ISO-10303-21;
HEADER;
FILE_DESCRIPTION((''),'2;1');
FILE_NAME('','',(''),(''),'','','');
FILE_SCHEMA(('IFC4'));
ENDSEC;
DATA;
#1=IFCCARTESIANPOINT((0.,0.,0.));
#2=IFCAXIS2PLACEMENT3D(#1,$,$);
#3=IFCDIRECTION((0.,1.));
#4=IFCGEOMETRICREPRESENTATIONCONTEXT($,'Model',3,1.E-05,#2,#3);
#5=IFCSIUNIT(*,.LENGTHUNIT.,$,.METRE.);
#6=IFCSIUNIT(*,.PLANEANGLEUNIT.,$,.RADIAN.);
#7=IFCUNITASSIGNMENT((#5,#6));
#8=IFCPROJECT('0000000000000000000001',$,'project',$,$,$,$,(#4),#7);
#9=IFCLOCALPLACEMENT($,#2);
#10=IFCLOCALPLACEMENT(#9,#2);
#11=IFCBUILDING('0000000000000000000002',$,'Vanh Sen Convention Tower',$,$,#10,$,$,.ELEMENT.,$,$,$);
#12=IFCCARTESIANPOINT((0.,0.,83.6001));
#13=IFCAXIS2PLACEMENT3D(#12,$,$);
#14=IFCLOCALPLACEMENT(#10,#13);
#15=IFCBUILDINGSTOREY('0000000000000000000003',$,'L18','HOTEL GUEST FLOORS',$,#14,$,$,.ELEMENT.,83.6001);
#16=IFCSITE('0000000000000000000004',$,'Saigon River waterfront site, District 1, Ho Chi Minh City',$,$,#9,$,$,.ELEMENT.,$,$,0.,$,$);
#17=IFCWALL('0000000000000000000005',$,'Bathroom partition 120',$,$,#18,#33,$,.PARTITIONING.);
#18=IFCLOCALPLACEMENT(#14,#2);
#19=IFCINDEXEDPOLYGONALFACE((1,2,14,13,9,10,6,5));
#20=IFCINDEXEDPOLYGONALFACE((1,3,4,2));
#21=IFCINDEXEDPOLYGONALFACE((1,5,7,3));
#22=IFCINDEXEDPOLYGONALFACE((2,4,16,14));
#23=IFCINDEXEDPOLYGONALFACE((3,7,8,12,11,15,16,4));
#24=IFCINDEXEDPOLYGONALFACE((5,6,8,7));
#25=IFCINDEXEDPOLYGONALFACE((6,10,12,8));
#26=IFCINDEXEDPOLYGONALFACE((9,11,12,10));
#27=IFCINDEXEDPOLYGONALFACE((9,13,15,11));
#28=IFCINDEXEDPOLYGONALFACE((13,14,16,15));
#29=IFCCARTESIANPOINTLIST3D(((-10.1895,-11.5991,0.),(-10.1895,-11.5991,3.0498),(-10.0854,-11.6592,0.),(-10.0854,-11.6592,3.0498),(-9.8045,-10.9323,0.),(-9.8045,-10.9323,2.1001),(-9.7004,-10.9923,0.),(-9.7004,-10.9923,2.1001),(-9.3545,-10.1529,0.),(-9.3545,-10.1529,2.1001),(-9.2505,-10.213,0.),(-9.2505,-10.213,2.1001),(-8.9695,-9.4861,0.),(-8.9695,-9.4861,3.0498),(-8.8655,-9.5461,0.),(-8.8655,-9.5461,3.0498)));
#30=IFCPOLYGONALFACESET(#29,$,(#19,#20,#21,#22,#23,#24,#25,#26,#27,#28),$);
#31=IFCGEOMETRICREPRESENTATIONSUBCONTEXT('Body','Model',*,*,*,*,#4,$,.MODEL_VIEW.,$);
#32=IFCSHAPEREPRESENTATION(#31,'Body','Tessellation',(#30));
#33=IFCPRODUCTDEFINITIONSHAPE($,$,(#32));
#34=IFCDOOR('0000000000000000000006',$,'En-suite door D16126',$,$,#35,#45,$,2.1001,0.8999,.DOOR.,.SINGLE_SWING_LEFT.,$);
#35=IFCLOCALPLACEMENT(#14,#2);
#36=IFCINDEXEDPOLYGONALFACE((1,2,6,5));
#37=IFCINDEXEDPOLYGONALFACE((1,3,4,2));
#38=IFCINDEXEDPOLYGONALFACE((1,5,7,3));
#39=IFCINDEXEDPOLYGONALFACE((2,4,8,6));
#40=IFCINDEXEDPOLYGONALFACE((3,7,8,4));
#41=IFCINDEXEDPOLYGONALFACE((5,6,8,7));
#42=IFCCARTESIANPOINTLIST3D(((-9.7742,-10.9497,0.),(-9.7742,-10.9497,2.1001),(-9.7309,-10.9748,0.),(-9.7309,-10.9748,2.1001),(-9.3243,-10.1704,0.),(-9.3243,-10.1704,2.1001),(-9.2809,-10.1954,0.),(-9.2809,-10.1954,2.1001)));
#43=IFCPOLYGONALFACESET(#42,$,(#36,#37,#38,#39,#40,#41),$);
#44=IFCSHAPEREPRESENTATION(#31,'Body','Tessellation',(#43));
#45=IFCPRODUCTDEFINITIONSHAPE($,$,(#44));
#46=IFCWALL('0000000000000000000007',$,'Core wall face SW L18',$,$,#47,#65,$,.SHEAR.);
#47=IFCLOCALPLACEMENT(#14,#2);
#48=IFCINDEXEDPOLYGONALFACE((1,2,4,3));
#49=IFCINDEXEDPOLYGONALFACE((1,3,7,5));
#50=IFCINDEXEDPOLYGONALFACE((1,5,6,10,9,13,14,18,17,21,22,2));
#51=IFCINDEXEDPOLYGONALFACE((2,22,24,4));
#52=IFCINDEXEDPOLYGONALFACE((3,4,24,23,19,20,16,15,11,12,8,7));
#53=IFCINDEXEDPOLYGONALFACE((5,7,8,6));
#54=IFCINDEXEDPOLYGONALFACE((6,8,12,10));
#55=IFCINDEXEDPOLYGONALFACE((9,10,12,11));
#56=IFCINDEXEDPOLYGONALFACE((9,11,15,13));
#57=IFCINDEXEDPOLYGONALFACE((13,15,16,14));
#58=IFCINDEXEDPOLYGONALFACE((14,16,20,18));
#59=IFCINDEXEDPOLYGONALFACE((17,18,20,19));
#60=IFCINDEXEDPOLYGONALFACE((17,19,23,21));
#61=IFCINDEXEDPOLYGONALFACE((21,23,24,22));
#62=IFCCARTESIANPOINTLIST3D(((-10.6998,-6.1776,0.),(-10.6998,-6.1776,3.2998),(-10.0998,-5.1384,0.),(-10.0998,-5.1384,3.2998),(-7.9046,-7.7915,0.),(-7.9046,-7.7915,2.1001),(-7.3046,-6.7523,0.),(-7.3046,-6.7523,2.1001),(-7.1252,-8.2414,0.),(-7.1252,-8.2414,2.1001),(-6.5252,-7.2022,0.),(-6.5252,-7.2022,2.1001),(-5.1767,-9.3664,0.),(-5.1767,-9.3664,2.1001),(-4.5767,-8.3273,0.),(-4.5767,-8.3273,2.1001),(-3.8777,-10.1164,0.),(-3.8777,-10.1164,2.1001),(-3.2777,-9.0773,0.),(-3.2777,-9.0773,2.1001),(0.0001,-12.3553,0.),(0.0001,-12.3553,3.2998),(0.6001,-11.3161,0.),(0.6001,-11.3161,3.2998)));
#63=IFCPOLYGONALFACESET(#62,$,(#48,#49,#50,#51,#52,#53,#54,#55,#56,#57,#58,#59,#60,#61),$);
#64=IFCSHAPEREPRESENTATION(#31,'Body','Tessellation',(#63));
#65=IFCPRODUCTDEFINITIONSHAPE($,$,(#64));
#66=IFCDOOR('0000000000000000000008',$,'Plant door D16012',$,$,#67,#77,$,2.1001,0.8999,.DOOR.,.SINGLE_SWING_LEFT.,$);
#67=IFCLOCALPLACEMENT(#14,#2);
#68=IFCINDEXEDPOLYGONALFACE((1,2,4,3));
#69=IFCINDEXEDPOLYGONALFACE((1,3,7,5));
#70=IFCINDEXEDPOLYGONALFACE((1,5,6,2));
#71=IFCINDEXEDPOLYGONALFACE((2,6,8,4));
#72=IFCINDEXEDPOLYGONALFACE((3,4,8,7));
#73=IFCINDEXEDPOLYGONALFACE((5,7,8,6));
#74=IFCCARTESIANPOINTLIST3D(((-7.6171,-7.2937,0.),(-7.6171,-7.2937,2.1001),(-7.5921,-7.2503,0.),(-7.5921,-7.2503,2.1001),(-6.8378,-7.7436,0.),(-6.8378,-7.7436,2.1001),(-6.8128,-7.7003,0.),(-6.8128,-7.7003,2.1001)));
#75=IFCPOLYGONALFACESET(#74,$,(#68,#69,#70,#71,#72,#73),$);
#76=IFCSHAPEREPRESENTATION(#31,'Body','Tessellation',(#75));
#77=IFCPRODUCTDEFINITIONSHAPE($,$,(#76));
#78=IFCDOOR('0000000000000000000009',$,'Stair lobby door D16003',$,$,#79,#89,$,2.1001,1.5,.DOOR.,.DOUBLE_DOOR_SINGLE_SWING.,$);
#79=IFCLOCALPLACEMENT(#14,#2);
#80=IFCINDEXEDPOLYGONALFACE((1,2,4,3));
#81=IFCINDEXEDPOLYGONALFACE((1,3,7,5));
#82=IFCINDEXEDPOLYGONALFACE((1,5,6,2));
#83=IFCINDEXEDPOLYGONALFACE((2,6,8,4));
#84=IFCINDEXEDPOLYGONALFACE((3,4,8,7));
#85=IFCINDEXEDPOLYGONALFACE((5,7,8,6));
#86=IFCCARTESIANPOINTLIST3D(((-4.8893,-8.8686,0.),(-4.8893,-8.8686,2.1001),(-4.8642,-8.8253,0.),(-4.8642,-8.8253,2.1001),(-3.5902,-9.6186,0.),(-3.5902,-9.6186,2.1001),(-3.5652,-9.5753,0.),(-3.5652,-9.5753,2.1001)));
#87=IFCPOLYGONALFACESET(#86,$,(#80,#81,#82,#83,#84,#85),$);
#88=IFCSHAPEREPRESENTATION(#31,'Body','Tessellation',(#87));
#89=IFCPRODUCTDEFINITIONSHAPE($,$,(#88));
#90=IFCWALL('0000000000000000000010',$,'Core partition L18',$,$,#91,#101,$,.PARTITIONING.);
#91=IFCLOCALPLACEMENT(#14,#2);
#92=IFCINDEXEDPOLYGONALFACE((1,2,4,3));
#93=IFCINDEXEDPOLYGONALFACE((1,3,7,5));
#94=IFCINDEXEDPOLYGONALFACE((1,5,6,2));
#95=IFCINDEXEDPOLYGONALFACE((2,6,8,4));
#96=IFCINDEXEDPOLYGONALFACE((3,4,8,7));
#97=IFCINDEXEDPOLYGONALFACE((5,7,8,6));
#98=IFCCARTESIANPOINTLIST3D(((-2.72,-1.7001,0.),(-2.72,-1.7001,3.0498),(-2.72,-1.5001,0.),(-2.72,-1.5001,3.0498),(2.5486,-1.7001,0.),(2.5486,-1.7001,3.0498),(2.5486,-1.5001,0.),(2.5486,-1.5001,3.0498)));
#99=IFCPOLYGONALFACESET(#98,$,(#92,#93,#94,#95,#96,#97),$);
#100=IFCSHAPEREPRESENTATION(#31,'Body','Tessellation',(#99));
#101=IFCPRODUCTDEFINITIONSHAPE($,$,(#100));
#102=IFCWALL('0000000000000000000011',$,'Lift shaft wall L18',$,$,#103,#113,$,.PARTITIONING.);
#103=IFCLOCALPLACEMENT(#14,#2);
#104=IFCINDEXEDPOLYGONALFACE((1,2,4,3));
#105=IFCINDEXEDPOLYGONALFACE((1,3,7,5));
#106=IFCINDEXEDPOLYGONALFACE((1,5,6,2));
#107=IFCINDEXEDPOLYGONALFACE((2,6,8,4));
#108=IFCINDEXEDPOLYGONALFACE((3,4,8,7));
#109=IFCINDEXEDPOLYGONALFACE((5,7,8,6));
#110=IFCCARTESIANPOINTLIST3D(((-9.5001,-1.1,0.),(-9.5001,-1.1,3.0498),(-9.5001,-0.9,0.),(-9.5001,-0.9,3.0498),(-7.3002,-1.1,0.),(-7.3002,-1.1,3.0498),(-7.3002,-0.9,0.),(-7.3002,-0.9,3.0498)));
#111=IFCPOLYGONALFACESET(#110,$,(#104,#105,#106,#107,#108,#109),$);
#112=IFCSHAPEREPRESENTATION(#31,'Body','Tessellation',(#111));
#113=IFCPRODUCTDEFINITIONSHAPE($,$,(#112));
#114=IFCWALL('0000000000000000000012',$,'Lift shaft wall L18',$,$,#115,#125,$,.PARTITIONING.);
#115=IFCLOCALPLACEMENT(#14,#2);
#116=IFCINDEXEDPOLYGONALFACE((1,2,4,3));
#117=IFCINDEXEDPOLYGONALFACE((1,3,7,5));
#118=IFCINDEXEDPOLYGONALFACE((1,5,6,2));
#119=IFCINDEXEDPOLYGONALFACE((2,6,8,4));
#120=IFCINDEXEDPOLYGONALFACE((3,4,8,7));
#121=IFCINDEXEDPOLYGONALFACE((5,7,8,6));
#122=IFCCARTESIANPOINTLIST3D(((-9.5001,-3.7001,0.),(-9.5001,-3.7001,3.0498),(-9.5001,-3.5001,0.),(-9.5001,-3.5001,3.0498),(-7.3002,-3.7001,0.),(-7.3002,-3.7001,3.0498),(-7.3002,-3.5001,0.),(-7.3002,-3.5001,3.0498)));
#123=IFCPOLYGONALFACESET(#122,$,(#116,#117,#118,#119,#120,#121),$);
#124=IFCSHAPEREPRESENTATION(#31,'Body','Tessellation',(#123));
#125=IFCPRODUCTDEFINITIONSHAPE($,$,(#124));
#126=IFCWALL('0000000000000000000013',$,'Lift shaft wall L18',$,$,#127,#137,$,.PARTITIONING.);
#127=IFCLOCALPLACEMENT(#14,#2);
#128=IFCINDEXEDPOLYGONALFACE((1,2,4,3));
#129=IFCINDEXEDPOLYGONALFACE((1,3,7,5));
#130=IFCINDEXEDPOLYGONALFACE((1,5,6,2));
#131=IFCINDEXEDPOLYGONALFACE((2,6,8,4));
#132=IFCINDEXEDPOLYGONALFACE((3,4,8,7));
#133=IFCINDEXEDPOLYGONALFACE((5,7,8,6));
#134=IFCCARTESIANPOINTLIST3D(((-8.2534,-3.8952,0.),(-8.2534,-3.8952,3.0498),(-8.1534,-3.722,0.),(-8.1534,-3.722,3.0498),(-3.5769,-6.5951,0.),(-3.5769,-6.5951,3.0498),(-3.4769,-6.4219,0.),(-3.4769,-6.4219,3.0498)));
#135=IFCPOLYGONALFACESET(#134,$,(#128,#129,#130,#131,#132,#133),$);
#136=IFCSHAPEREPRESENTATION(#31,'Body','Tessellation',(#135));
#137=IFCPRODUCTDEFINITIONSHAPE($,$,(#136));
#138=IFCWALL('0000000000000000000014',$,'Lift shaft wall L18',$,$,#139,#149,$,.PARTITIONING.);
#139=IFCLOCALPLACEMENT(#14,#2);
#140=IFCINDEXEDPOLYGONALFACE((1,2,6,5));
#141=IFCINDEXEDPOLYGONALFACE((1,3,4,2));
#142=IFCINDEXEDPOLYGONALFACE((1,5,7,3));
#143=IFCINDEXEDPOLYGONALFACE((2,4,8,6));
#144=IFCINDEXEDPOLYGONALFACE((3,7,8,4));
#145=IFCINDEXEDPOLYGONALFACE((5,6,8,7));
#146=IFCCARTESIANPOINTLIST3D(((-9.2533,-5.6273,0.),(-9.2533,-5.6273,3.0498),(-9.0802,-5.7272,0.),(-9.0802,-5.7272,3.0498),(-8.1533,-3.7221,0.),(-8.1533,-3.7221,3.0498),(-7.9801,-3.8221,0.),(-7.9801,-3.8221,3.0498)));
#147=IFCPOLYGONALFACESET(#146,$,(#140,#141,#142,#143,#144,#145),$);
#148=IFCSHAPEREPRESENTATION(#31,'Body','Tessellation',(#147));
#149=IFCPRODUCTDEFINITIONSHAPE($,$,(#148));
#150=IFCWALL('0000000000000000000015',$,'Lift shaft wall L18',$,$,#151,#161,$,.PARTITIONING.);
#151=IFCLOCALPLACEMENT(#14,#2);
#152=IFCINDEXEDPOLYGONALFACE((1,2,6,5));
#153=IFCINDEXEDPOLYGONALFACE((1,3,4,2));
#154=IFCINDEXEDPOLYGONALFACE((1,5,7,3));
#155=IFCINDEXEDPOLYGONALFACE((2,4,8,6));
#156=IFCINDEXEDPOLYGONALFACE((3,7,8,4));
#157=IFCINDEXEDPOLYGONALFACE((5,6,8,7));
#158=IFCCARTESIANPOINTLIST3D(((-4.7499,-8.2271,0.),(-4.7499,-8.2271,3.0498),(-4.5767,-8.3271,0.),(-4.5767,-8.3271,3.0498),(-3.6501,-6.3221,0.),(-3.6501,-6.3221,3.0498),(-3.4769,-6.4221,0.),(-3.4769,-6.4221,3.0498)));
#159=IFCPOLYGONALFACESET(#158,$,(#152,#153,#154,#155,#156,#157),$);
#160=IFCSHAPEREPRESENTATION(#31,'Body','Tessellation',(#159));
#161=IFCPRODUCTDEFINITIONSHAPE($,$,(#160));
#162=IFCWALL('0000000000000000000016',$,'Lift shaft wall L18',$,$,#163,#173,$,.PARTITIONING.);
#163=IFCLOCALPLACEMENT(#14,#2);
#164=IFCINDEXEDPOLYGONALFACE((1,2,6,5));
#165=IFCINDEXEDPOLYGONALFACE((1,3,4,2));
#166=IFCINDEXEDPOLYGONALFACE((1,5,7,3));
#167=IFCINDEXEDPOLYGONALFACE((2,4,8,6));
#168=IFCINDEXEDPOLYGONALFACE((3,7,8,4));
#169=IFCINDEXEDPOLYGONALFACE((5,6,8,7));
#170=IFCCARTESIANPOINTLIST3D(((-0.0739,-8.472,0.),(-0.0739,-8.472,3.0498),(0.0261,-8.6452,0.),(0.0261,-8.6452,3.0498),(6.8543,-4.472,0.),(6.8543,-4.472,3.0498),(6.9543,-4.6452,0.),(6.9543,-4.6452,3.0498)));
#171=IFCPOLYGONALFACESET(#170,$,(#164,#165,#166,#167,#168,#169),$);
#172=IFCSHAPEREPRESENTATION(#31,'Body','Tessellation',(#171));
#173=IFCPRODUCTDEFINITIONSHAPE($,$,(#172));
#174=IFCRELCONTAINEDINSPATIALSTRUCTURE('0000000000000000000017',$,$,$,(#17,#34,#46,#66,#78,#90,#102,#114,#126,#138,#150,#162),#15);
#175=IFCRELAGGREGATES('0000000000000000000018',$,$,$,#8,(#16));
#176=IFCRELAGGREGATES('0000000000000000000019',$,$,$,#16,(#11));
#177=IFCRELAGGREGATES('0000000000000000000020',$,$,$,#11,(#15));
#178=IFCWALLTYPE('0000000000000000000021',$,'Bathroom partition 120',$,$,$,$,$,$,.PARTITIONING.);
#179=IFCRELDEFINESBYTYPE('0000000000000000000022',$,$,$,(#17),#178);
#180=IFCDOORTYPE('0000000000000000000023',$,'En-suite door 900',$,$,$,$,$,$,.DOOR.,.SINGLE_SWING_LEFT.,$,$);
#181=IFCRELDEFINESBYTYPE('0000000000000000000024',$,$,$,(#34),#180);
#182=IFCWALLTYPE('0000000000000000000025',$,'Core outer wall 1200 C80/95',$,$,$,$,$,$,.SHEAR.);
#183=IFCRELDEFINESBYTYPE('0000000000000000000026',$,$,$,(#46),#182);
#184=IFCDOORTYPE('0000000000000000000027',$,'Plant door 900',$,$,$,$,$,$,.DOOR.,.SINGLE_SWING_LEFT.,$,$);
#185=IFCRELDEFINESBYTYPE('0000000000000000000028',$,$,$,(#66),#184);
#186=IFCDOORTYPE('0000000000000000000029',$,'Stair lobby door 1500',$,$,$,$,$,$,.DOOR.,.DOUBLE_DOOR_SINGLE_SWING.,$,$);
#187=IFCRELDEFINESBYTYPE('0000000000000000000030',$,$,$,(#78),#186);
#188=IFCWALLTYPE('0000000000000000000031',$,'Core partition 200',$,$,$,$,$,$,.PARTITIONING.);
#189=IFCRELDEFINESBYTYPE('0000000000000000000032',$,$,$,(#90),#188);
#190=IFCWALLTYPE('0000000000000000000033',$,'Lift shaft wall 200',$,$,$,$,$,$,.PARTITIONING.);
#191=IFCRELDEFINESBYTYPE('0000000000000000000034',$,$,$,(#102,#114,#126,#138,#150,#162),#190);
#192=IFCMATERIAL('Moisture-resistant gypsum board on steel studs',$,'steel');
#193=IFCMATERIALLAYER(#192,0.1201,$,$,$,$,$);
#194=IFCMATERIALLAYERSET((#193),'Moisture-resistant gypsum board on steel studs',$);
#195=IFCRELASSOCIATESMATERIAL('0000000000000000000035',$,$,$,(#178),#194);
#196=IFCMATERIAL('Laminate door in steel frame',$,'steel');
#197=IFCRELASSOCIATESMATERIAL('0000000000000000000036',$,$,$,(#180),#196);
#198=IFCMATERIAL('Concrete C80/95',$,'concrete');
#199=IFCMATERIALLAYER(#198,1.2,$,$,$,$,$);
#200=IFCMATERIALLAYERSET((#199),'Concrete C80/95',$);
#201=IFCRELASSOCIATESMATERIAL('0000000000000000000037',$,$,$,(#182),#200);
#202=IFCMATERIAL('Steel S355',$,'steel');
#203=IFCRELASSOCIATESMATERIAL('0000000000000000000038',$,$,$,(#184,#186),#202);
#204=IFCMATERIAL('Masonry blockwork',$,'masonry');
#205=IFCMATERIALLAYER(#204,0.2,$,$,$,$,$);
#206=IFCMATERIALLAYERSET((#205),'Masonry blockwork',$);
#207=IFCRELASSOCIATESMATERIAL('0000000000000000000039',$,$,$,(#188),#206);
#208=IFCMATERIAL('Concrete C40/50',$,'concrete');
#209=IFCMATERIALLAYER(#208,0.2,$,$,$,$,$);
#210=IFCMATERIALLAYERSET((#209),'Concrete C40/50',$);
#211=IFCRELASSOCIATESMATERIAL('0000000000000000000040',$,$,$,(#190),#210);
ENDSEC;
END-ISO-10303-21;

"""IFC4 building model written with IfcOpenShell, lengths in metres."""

from ifc_helpers import new_model, si_unit, direction, frame, frame_2d, origin, place, context, subcontext, project, spatial, rectangle, extrude, material, layer, layer_set, type_object, element, fill, save


model = new_model("IFC4")

# Units and contexts
model_context = context("Model", 3, precision=1e-05, world=origin(), true_north=direction((0.0, 1.0)))
body_context = subcontext(model_context, "Body", "Model", "MODEL_VIEW")
ifc_project = project(units=[si_unit("LENGTHUNIT", "METRE"), si_unit("PLANEANGLEUNIT", "RADIAN")], contexts=[model_context])

# Site, building, storey
site_placement = place(None, origin())
site = spatial("IfcSite", under=ifc_project, at=site_placement, Name="Saigon River waterfront site, District 1, Ho Chi Minh City", CompositionType="ELEMENT", RefElevation=0.0)
building_placement = place(site_placement, origin())
building = spatial("IfcBuilding", under=site, at=building_placement, Name="Vanh Sen Convention Tower", CompositionType="ELEMENT")
storey_placement = place(building_placement, frame((0.0, 0.0, 83.6001)))
storey = spatial("IfcBuildingStorey", under=building, at=storey_placement, Name="L18", Description="HOTEL GUEST FLOORS", CompositionType="ELEMENT", Elevation=83.6001)

# Shared definitions
ifc_material_1 = material(Name="Concrete C40/50", Category="concrete")

# Shared definitions
ifc_material_2 = material(Name="Moisture-resistant gypsum board on steel studs", Category="steel")
ifc_layer_1 = layer(ifc_material_2, 0.1201)
ifc_layer_set_1 = layer_set([ifc_layer_1], Name="Moisture-resistant gypsum board on steel studs")
wall_type_1 = type_object("IfcWallType", Name="Bathroom partition 120", PredefinedType="PARTITIONING", material=ifc_layer_set_1)

# Wall, opening, door
wall_1_placement = place(storey_placement, frame((-8.9175, -9.5161, 0.0), z_axis=(0.0, 0.0, 1.0), x_axis=(-0.500003, -0.866024, 0.0)))
wall_1 = element("IfcWall", 1, at=wall_1_placement, inside=storey, type_object=wall_type_1, Name="Bathroom partition 120", PredefinedType="PARTITIONING", context=body_context, shape_type="SweptSolid", body=[
    extrude(rectangle(XDim=2.4399, YDim=0.1201, at=frame_2d((1.22, 0.0))), origin(), (0.0, 0.0, 1.0), 3.0498),
])
opening_1_placement = place(wall_1_placement, frame((0.77, 0.0, 0.0)))
opening_1 = element("IfcOpeningElement", 2, at=opening_1_placement, cuts=wall_1, PredefinedType="OPENING", context=body_context, shape_type="SweptSolid", body=[
    extrude(rectangle(XDim=0.8999, YDim=2.1001, at=frame_2d((0.45, 1.05))), frame((0.0, 0.0701, 0.0), z_axis=(0.0, -1.0, 0.0), x_axis=(1.0, 0.0, 0.0)), (0.0, 0.0, 1.0), 0.1401),
])
ifc_material_3 = material(Name="Laminate door in steel frame", Category="steel")
door_type_1 = type_object("IfcDoorType", Name="En-suite door 900", OperationType="SINGLE_SWING_LEFT", PredefinedType="DOOR", material=ifc_material_3)
door_1_placement = place(opening_1_placement, origin())
door_1 = element("IfcDoor", 3, at=door_1_placement, inside=storey, type_object=door_type_1, Name="En-suite door D16126", OperationType="SINGLE_SWING_LEFT", OverallHeight=2.1001, OverallWidth=0.8999, PredefinedType="DOOR", context=body_context, shape_type="SweptSolid", body=[
    extrude(rectangle(XDim=0.8999, YDim=2.1001, at=frame_2d((0.45, 1.05))), frame((0.0, 0.0249, 0.0), z_axis=(0.0, -1.0, 0.0), x_axis=(1.0, 0.0, 0.0)), (0.0, 0.0, 1.0), 0.05),
])
fill(opening_1, door_1)

# Wall, openings, doors
ifc_material_4 = material(Name="Concrete C80/95", Category="concrete")
ifc_layer_2 = layer(ifc_material_4, 1.2)
ifc_layer_set_2 = layer_set([ifc_layer_2], Name="Concrete C80/95")
wall_type_2 = type_object("IfcWallType", Name="Core outer wall 1200 C80/95", PredefinedType="SHEAR", material=ifc_layer_set_2)
wall_2_placement = place(storey_placement, frame((-10.3999, -5.658, 0.0), z_axis=(0.0, 0.0, 1.0), x_axis=(0.866021, -0.500007, 0.0)))
wall_2 = element("IfcWall", 4, at=wall_2_placement, inside=storey, type_object=wall_type_2, Name="Core wall face SW L18", PredefinedType="SHEAR", context=body_context, shape_type="SweptSolid", body=[
    extrude(rectangle(XDim=12.3552, YDim=1.2, at=frame_2d((6.1777, 0.0))), origin(), (0.0, 0.0, 1.0), 3.2998),
])
opening_2_placement = place(wall_2_placement, frame((6.3777, 0.0, 0.0)))
opening_2 = element("IfcOpeningElement", 5, at=opening_2_placement, cuts=wall_2, PredefinedType="OPENING", context=body_context, shape_type="SweptSolid", body=[
    extrude(rectangle(XDim=1.5, YDim=2.1001, at=frame_2d((0.75, 1.05))), frame((0.0, 0.6099, 0.0), z_axis=(0.0, -1.0, 0.0), x_axis=(1.0, 0.0, 0.0)), (0.0, 0.0, 1.0), 1.22),
])
opening_3_placement = place(wall_2_placement, frame((3.2278, 0.0, 0.0)))
opening_3 = element("IfcOpeningElement", 6, at=opening_3_placement, cuts=wall_2, PredefinedType="OPENING", context=body_context, shape_type="SweptSolid", body=[
    extrude(rectangle(XDim=0.8999, YDim=2.1001, at=frame_2d((0.45, 1.05))), frame((0.0, 0.6099, 0.0), z_axis=(0.0, -1.0, 0.0), x_axis=(1.0, 0.0, 0.0)), (0.0, 0.0, 1.0), 1.22),
])
ifc_material_5 = material(Name="Steel S355", Category="steel")
door_type_2 = type_object("IfcDoorType", Name="Plant door 900", OperationType="SINGLE_SWING_LEFT", PredefinedType="DOOR", material=ifc_material_5)
door_2_placement = place(opening_3_placement, origin())
door_2 = element("IfcDoor", 7, at=door_2_placement, inside=storey, type_object=door_type_2, Name="Plant door D16012", OperationType="SINGLE_SWING_LEFT", OverallHeight=2.1001, OverallWidth=0.8999, PredefinedType="DOOR", context=body_context, shape_type="SweptSolid", body=[
    extrude(rectangle(XDim=0.8999, YDim=2.1001, at=frame_2d((0.45, 1.05))), frame((0.0, 0.0249, 0.0), z_axis=(0.0, -1.0, 0.0), x_axis=(1.0, 0.0, 0.0)), (0.0, 0.0, 1.0), 0.05),
])
fill(opening_3, door_2)
door_type_3 = type_object("IfcDoorType", Name="Stair lobby door 1500", OperationType="DOUBLE_DOOR_SINGLE_SWING", PredefinedType="DOOR", material=ifc_material_5)
door_3_placement = place(opening_2_placement, origin())
door_3 = element("IfcDoor", 8, at=door_3_placement, inside=storey, type_object=door_type_3, Name="Stair lobby door D16003", OperationType="DOUBLE_DOOR_SINGLE_SWING", OverallHeight=2.1001, OverallWidth=1.5, PredefinedType="DOOR", context=body_context, shape_type="SweptSolid", body=[
    extrude(rectangle(XDim=1.5, YDim=2.1001, at=frame_2d((0.75, 1.05))), frame((0.0, 0.0249, 0.0), z_axis=(0.0, -1.0, 0.0), x_axis=(1.0, 0.0, 0.0)), (0.0, 0.0, 1.0), 0.05),
])
fill(opening_2, door_3)

# Walls
ifc_material_6 = material(Name="Masonry blockwork", Category="masonry")
ifc_layer_3 = layer(ifc_material_6, 0.2)
ifc_layer_set_3 = layer_set([ifc_layer_3], Name="Masonry blockwork")
wall_type_3 = type_object("IfcWallType", Name="Core partition 200", PredefinedType="PARTITIONING", material=ifc_layer_set_3)
wall_3_placement = place(storey_placement, frame((-2.72, -1.6001, 0.0), z_axis=(0.0, 0.0, 1.0), x_axis=(1.0, 0.0, 0.0)))
element("IfcWall", 9, at=wall_3_placement, inside=storey, type_object=wall_type_3, Name="Core partition L18", PredefinedType="PARTITIONING", context=body_context, shape_type="SweptSolid", body=[
    extrude(rectangle(XDim=5.2686, YDim=0.2, at=frame_2d((2.6343, 0.0))), origin(), (0.0, 0.0, 1.0), 3.0498),
])
ifc_layer_4 = layer(ifc_material_1, 0.2)
ifc_layer_set_4 = layer_set([ifc_layer_4], Name="Concrete C40/50")
wall_type_4 = type_object("IfcWallType", Name="Lift shaft wall 200", PredefinedType="PARTITIONING", material=ifc_layer_set_4)
for number, where, z_axis, x_axis, name in (
    (10, (-7.3, -1.0, 0.0), (0.0, 0.0, 1.0), (-1.0, 0.0, 0.0), "Lift shaft wall L18"),
    (11, (-7.3, -3.6001, 0.0), (0.0, 0.0, 1.0), (-1.0, 0.0, 0.0), "Lift shaft wall L18"),
):
    element("IfcWall", number, at=place(storey_placement, frame(where, z_axis=z_axis, x_axis=x_axis)), inside=storey, type_object=wall_type_4, Name=name, PredefinedType="PARTITIONING", context=body_context, shape_type="SweptSolid", body=[
        extrude(rectangle(XDim=2.2, YDim=0.2, at=frame_2d((1.1001, 0.0))), origin(), (0.0, 0.0, 1.0), 3.0498),
    ])
wall_4_placement = place(storey_placement, frame((-8.2034, -3.8086, 0.0), z_axis=(0.0, 0.0, 1.0), x_axis=(0.866028, -0.499995, 0.0)))
element("IfcWall", 12, at=wall_4_placement, inside=storey, type_object=wall_type_4, Name="Lift shaft wall L18", PredefinedType="PARTITIONING", context=body_context, shape_type="SweptSolid", body=[
    extrude(rectangle(XDim=5.3999, YDim=0.2, at=frame_2d((2.7, 0.0))), origin(), (0.0, 0.0, 1.0), 3.0498),
])
wall_5_placement = place(storey_placement, frame((-8.0667, -3.772, 0.0), z_axis=(0.0, 0.0, 1.0), x_axis=(-0.50003, -0.866008, 0.0)))
element("IfcWall", 13, at=wall_5_placement, inside=storey, type_object=wall_type_4, Name="Lift shaft wall L18", PredefinedType="PARTITIONING", context=body_context, shape_type="SweptSolid", body=[
    extrude(rectangle(XDim=2.2, YDim=0.2, at=frame_2d((1.1001, 0.0))), origin(), (0.0, 0.0, 1.0), 3.0498),
])
wall_6_placement = place(storey_placement, frame((-3.5635, -6.3721, 0.0), z_axis=(0.0, 0.0, 1.0), x_axis=(-0.499995, -0.866028, 0.0)))
element("IfcWall", 14, at=wall_6_placement, inside=storey, type_object=wall_type_4, Name="Lift shaft wall L18", PredefinedType="PARTITIONING", context=body_context, shape_type="SweptSolid", body=[
    extrude(rectangle(XDim=2.1997, YDim=0.2, at=frame_2d((1.0999, 0.0))), origin(), (0.0, 0.0, 1.0), 3.0498),
])
wall_7_placement = place(storey_placement, frame((-0.0239, -8.5586, 0.0), z_axis=(0.0, 0.0, 1.0), x_axis=(0.866026, 0.499999, 0.0)))
element("IfcWall", 15, at=wall_7_placement, inside=storey, type_object=wall_type_4, Name="Lift shaft wall L18", PredefinedType="PARTITIONING", context=body_context, shape_type="SweptSolid", body=[
    extrude(rectangle(XDim=8.0, YDim=0.2, at=frame_2d((4.0, 0.0))), origin(), (0.0, 0.0, 1.0), 3.0498),
])

save(model, "model.ifc")
